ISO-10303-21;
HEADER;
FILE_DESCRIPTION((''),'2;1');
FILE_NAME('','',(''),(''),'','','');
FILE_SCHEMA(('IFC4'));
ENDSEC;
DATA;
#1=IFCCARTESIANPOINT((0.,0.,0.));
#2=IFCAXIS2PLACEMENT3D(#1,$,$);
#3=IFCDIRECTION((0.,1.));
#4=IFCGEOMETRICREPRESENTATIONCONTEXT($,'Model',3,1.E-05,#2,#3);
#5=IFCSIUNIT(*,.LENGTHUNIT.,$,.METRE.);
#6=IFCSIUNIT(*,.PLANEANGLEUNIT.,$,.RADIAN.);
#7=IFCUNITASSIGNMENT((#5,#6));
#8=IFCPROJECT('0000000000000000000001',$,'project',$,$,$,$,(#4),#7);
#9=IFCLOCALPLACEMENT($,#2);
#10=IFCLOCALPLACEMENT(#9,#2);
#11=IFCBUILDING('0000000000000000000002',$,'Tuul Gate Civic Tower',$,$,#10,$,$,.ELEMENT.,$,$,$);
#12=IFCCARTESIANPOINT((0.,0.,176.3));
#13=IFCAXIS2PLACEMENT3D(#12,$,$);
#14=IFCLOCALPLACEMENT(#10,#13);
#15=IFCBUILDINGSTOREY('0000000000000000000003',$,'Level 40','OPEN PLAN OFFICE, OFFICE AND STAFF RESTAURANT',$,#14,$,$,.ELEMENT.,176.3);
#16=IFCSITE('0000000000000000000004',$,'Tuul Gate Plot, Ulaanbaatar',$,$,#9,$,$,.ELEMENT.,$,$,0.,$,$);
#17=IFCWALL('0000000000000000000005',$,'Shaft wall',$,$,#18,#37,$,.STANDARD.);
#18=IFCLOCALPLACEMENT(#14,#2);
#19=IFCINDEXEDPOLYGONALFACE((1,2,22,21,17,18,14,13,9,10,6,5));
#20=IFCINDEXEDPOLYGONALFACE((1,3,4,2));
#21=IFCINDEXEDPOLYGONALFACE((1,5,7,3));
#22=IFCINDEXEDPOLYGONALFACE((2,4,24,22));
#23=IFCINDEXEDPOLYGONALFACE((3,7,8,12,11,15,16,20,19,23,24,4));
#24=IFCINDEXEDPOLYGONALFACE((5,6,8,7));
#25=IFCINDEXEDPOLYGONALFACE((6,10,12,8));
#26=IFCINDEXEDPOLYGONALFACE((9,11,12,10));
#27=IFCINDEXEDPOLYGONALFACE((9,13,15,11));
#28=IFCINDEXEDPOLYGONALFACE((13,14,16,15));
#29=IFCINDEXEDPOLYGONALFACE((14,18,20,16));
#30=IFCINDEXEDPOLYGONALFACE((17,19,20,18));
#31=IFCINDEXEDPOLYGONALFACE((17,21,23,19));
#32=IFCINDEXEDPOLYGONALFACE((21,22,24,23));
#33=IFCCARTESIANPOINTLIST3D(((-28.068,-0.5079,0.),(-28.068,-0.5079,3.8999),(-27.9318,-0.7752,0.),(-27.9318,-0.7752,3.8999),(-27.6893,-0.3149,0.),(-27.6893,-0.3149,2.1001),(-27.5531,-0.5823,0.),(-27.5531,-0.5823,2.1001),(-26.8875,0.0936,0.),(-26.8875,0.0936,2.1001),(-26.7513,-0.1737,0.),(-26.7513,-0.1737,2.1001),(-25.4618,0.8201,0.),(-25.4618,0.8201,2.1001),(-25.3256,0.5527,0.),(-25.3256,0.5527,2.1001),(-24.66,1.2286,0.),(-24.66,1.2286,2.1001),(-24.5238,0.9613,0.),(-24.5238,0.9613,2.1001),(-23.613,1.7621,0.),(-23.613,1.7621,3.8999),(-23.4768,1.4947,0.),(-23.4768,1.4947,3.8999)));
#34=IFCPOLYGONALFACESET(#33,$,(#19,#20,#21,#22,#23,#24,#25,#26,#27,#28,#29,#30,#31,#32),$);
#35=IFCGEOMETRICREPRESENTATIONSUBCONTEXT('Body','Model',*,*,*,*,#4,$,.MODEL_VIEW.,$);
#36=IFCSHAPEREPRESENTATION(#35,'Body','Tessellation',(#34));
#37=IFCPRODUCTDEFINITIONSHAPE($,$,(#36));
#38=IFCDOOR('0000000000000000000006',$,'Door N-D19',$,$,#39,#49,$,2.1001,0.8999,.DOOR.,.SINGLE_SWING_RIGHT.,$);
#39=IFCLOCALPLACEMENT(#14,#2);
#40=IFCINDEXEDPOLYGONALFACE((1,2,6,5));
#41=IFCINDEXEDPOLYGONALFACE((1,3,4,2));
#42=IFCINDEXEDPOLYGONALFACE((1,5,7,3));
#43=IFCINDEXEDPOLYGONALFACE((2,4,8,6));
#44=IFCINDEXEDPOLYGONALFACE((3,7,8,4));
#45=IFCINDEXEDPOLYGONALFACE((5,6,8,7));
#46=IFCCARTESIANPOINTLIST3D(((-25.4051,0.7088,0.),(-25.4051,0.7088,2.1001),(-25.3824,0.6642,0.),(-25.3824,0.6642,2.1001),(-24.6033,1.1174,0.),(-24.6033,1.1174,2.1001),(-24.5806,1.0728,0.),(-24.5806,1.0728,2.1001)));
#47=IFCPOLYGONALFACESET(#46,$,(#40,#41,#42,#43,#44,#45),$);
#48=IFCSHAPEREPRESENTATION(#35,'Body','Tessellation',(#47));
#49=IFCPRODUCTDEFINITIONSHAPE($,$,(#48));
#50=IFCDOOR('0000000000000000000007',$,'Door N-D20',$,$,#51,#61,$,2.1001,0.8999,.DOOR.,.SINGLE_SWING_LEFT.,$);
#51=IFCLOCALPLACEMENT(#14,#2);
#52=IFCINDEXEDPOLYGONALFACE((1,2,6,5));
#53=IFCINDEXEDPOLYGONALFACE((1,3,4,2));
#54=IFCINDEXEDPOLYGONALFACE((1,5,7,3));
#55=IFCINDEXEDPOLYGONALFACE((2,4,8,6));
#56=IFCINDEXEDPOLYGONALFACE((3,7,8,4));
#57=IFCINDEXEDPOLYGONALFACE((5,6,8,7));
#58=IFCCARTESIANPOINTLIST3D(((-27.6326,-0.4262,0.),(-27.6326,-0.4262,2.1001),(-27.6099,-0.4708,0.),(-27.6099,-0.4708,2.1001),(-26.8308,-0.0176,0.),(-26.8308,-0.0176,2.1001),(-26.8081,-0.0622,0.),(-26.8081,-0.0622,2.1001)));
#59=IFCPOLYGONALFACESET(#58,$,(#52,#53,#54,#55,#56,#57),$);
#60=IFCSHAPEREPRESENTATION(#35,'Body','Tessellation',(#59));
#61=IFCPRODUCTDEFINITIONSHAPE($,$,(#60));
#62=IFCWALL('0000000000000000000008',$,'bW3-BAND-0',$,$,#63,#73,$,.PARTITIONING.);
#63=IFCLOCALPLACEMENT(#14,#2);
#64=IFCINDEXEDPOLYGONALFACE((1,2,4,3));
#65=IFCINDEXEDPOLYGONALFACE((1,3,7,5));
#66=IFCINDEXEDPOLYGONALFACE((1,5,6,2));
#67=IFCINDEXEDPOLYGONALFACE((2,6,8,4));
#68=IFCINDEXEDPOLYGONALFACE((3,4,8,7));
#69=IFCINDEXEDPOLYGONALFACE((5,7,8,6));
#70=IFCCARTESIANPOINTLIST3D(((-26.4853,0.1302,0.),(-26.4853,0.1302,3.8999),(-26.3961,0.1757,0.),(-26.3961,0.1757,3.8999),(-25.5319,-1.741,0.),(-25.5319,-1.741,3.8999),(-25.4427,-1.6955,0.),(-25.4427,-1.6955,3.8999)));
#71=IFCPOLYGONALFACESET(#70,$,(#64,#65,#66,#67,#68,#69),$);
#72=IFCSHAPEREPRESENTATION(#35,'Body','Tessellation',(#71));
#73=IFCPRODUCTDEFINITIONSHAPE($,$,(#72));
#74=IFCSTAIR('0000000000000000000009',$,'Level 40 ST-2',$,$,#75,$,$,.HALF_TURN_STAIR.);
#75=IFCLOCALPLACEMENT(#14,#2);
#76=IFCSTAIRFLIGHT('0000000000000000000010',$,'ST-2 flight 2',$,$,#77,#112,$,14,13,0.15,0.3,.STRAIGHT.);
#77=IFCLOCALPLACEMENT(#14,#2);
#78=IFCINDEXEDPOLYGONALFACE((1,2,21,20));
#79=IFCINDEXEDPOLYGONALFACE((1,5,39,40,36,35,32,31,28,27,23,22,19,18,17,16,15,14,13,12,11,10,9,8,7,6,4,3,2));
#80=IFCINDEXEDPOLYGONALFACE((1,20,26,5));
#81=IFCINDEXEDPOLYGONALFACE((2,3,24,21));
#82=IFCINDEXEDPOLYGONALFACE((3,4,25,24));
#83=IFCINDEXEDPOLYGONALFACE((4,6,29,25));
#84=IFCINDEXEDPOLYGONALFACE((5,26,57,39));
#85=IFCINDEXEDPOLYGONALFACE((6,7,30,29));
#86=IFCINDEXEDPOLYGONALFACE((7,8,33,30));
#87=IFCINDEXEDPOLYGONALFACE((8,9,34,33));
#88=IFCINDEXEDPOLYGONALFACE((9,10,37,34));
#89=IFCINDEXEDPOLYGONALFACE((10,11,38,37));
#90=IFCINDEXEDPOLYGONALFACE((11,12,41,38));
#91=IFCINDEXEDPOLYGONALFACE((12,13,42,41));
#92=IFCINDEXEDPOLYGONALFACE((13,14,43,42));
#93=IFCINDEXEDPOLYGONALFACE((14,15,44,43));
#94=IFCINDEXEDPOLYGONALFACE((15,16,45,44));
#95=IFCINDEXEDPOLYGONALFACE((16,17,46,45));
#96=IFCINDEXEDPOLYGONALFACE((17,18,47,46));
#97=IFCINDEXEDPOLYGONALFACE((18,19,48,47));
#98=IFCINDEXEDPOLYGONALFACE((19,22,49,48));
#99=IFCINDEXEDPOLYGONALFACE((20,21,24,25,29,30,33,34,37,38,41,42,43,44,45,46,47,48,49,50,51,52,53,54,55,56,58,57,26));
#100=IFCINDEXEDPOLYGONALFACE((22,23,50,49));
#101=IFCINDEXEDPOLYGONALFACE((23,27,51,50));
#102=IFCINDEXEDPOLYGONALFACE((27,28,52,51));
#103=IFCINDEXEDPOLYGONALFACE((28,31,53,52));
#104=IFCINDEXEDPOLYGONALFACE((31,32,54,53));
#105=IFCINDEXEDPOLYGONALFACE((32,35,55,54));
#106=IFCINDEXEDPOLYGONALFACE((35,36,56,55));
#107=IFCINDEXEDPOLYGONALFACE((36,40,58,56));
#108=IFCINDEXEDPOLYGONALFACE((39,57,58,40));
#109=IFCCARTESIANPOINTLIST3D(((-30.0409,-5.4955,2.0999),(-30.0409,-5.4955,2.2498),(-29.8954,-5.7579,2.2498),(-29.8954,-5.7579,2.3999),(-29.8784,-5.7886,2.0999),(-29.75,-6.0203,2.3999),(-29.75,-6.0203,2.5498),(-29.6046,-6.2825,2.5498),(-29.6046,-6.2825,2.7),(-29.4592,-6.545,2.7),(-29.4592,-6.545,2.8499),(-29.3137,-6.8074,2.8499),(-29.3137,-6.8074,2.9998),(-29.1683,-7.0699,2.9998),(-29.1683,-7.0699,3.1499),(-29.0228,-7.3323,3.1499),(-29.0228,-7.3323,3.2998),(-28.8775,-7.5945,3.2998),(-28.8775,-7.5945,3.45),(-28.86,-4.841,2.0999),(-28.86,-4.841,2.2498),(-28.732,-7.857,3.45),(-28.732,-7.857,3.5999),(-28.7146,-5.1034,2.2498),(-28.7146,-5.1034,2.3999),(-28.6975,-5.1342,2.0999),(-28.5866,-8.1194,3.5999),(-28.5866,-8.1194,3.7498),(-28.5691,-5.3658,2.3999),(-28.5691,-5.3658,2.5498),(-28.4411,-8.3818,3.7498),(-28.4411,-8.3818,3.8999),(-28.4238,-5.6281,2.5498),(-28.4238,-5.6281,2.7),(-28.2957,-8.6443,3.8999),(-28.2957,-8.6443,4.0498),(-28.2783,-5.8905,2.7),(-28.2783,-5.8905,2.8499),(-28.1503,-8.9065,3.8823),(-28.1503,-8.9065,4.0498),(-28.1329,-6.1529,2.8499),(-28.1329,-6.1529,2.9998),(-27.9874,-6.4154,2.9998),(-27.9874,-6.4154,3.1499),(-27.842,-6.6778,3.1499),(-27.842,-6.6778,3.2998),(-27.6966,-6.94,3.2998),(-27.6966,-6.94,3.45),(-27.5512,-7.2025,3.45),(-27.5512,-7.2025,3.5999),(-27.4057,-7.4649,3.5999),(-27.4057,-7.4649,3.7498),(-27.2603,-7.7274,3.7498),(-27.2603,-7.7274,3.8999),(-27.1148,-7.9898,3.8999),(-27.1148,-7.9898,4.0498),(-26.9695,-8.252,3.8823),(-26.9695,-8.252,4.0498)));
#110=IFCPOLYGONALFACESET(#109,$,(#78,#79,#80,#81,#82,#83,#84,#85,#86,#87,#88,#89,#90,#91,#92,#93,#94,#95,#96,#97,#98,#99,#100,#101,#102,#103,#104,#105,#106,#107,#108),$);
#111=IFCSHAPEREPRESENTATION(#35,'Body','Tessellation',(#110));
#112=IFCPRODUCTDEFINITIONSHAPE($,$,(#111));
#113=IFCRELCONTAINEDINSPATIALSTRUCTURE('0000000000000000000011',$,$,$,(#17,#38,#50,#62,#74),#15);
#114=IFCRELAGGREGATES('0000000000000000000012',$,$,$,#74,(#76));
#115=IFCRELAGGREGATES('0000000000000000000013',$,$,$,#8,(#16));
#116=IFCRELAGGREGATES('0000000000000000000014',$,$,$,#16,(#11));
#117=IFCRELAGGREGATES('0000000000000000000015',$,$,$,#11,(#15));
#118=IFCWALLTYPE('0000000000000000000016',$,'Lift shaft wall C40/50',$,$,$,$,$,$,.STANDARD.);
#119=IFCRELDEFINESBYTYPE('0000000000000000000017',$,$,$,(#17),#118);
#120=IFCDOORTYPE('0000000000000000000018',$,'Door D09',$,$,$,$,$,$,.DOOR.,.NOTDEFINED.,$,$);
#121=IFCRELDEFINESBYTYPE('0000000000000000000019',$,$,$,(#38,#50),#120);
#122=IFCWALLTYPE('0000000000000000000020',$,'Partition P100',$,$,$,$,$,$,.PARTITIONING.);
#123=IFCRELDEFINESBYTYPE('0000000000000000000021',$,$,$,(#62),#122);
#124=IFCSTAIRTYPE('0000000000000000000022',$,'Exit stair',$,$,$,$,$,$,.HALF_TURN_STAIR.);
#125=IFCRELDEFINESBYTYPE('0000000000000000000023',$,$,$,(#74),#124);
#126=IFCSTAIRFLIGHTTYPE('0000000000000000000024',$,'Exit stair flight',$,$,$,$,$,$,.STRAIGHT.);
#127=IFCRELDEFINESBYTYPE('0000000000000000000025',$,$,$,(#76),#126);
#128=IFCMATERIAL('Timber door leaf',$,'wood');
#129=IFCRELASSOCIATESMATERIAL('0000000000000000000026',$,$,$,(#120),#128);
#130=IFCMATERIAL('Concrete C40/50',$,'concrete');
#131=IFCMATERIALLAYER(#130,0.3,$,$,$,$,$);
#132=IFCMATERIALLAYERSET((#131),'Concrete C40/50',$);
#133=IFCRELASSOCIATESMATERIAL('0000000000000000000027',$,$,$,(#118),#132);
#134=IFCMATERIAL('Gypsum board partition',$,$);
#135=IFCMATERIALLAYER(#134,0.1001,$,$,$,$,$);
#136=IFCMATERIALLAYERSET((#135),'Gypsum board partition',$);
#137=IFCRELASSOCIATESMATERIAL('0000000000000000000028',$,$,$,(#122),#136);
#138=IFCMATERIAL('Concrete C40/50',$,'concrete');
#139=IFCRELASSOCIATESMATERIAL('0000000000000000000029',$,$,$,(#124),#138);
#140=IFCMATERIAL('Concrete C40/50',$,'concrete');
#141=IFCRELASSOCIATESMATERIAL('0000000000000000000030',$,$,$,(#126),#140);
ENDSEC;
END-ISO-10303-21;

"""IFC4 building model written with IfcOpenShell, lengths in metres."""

from ifc_helpers import new_model, si_unit, direction, frame, frame_2d, origin, place, context, subcontext, project, spatial, polyline, rectangle, outline, extrude, material, layer, layer_set, type_object, element, fill, aggregate, save


model = new_model("IFC4")

# Units and contexts
model_context = context("Model", 3, precision=1e-05, world=origin(), true_north=direction((0.0, 1.0)))
body_context = subcontext(model_context, "Body", "Model", "MODEL_VIEW")
ifc_project = project(units=[si_unit("LENGTHUNIT", "METRE"), si_unit("PLANEANGLEUNIT", "RADIAN")], contexts=[model_context])

# Site, building, storey
site_placement = place(None, origin())
site = spatial("IfcSite", under=ifc_project, at=site_placement, Name="Tuul Gate Plot, Ulaanbaatar", CompositionType="ELEMENT", RefElevation=0.0)
building_placement = place(site_placement, origin())
building = spatial("IfcBuilding", under=site, at=building_placement, Name="Tuul Gate Civic Tower", CompositionType="ELEMENT")
storey_placement = place(building_placement, frame((0.0, 0.0, 176.3)))
storey = spatial("IfcBuildingStorey", under=building, at=storey_placement, Name="Level 40", Description="OPEN PLAN OFFICE, OFFICE AND STAFF RESTAURANT", CompositionType="ELEMENT", Elevation=176.3)

# Shared definitions
ifc_material_1 = material(Name="Timber door leaf", Category="wood")
door_type_1 = type_object("IfcDoorType", Name="Door D09", OperationType="NOTDEFINED", PredefinedType="DOOR", material=ifc_material_1)

# Shared definitions
ifc_material_2 = material(Name="Concrete C40/50", Category="concrete")
ifc_layer_1 = layer(ifc_material_2, 0.3)
ifc_layer_set_1 = layer_set([ifc_layer_1], Name="Concrete C40/50")
wall_type_1 = type_object("IfcWallType", Name="Lift shaft wall C40/50", PredefinedType="STANDARD", material=ifc_layer_set_1)

# Wall, openings, doors
wall_1_placement = place(storey_placement, frame((-23.5449, 1.6284, 0.0), z_axis=(0.0, 0.0, 1.0), x_axis=(-0.891003, -0.453997, 0.0)))
wall_1 = element("IfcWall", 1, at=wall_1_placement, inside=storey, type_object=wall_type_1, Name="Shaft wall", PredefinedType="STANDARD", context=body_context, shape_type="SweptSolid", body=[
    extrude(rectangle(XDim=5.0, YDim=0.3, at=frame_2d((2.5, 0.0))), origin(), (0.0, 0.0, 1.0), 3.8999),
])
opening_1_placement = place(wall_1_placement, frame((1.175, 0.0, 0.0)))
opening_1 = element("IfcOpeningElement", 2, at=opening_1_placement, cuts=wall_1, PredefinedType="OPENING", context=body_context, shape_type="SweptSolid", body=[
    extrude(rectangle(XDim=0.8999, YDim=2.1001, at=frame_2d((0.45, 1.05))), frame((0.0, 0.1602, 0.0), z_axis=(0.0, -1.0, 0.0), x_axis=(1.0, 0.0, 0.0)), (0.0, 0.0, 1.0), 0.3201),
])
opening_2_placement = place(wall_1_placement, frame((3.675, 0.0, 0.0)))
opening_2 = element("IfcOpeningElement", 3, at=opening_2_placement, cuts=wall_1, PredefinedType="OPENING", context=body_context, shape_type="SweptSolid", body=[
    extrude(rectangle(XDim=0.8999, YDim=2.1001, at=frame_2d((0.45, 1.05))), frame((0.0, 0.1602, 0.0), z_axis=(0.0, -1.0, 0.0), x_axis=(1.0, 0.0, 0.0)), (0.0, 0.0, 1.0), 0.3201),
])
door_1_placement = place(opening_1_placement, origin())
door_1 = element("IfcDoor", 4, at=door_1_placement, inside=storey, type_object=door_type_1, Name="Door N-D19", OperationType="SINGLE_SWING_RIGHT", OverallHeight=2.1001, OverallWidth=0.8999, PredefinedType="DOOR", context=body_context, shape_type="SweptSolid", body=[
    extrude(rectangle(XDim=0.8999, YDim=2.1001, at=frame_2d((0.45, 1.05))), frame((0.0, 0.0249, 0.0), z_axis=(0.0, -1.0, 0.0), x_axis=(1.0, 0.0, 0.0)), (0.0, 0.0, 1.0), 0.05),
])
fill(opening_1, door_1)
door_2_placement = place(opening_2_placement, origin())
door_2 = element("IfcDoor", 5, at=door_2_placement, inside=storey, type_object=door_type_1, Name="Door N-D20", OperationType="SINGLE_SWING_LEFT", OverallHeight=2.1001, OverallWidth=0.8999, PredefinedType="DOOR", context=body_context, shape_type="SweptSolid", body=[
    extrude(rectangle(XDim=0.8999, YDim=2.1001, at=frame_2d((0.45, 1.05))), frame((0.0, 0.0249, 0.0), z_axis=(0.0, -1.0, 0.0), x_axis=(1.0, 0.0, 0.0)), (0.0, 0.0, 1.0), 0.05),
])
fill(opening_2, door_2)

# Wall
ifc_material_3 = material(Name="Gypsum board partition")
ifc_layer_2 = layer(ifc_material_3, 0.1001)
ifc_layer_set_2 = layer_set([ifc_layer_2], Name="Gypsum board partition")
wall_type_2 = type_object("IfcWallType", Name="Partition P100", PredefinedType="PARTITIONING", material=ifc_layer_set_2)
wall_2_placement = place(storey_placement, frame((-25.4873, -1.7183, 0.0), z_axis=(0.0, 0.0, 1.0), x_axis=(-0.45399, 0.891007, 0.0)))
element("IfcWall", 6, at=wall_2_placement, inside=storey, type_object=wall_type_2, Name="bW3-BAND-0", PredefinedType="PARTITIONING", context=body_context, shape_type="SweptSolid", body=[
    extrude(rectangle(XDim=2.1001, YDim=0.1001, at=frame_2d((1.05, 0.0))), origin(), (0.0, 0.0, 1.0), 3.8999),
])

# Stair, stair flight
ifc_material_4 = material(Name="Concrete C40/50", Category="concrete")
stair_type = type_object("IfcStairType", Name="Exit stair", PredefinedType="HALF_TURN_STAIR", material=ifc_material_4)
stair_placement = place(storey_placement, origin())
stair = element("IfcStair", 7, at=stair_placement, inside=storey, type_object=stair_type, Name="Level 40 ST-2", PredefinedType="HALF_TURN_STAIR")
ifc_material_5 = material(Name="Concrete C40/50", Category="concrete")
stair_flight_type = type_object("IfcStairFlightType", Name="Exit stair flight", PredefinedType="STRAIGHT", material=ifc_material_5)
stair_flight_placement = place(storey_placement, frame((-29.4504, -5.1682, 2.0999), z_axis=(0.0, 0.0, 1.0), x_axis=(0.484762, -0.874646, 0.0)))
stair_flight = element("IfcStairFlight", 8, at=stair_flight_placement, type_object=stair_flight_type, Name="ST-2 flight 2", NumberOfRisers=14, NumberOfTreads=13, PredefinedType="STRAIGHT", RiserHeight=0.15, TreadLength=0.3, context=body_context, shape_type="SweptSolid", body=[
    extrude(outline(polyline([(0.0, 0.0), (0.0, 0.1499), (0.3, 0.1499), (0.3, 0.3), (0.6001, 0.3), (0.6001, 0.45), (0.8999, 0.45), (0.8999, 0.6001), (1.2, 0.6001), (1.2, 0.75), (1.5, 0.75), (1.5, 0.8999), (1.8, 0.8999), (1.8, 1.05), (2.1001, 1.05), (2.1001, 1.2), (2.3999, 1.2), (2.3999, 1.3501), (2.7, 1.3501), (2.7, 1.5), (3.0, 1.5), (3.0, 1.6499), (3.3, 1.6499), (3.3, 1.8), (3.6001, 1.8), (3.6001, 1.95), (3.8999, 1.95), (3.8999, 2.1001), (3.8999, 1.7825), (0.3352, 0.0), (0.0, 0.0)])), frame((0.0, 0.675, 0.0), z_axis=(0.0, -1.0, 0.0), x_axis=(1.0, 0.0, 0.0)), (0.0, 0.0, 1.0), 1.3501),
])
aggregate(stair, [stair_flight])

save(model, "model.ifc")
